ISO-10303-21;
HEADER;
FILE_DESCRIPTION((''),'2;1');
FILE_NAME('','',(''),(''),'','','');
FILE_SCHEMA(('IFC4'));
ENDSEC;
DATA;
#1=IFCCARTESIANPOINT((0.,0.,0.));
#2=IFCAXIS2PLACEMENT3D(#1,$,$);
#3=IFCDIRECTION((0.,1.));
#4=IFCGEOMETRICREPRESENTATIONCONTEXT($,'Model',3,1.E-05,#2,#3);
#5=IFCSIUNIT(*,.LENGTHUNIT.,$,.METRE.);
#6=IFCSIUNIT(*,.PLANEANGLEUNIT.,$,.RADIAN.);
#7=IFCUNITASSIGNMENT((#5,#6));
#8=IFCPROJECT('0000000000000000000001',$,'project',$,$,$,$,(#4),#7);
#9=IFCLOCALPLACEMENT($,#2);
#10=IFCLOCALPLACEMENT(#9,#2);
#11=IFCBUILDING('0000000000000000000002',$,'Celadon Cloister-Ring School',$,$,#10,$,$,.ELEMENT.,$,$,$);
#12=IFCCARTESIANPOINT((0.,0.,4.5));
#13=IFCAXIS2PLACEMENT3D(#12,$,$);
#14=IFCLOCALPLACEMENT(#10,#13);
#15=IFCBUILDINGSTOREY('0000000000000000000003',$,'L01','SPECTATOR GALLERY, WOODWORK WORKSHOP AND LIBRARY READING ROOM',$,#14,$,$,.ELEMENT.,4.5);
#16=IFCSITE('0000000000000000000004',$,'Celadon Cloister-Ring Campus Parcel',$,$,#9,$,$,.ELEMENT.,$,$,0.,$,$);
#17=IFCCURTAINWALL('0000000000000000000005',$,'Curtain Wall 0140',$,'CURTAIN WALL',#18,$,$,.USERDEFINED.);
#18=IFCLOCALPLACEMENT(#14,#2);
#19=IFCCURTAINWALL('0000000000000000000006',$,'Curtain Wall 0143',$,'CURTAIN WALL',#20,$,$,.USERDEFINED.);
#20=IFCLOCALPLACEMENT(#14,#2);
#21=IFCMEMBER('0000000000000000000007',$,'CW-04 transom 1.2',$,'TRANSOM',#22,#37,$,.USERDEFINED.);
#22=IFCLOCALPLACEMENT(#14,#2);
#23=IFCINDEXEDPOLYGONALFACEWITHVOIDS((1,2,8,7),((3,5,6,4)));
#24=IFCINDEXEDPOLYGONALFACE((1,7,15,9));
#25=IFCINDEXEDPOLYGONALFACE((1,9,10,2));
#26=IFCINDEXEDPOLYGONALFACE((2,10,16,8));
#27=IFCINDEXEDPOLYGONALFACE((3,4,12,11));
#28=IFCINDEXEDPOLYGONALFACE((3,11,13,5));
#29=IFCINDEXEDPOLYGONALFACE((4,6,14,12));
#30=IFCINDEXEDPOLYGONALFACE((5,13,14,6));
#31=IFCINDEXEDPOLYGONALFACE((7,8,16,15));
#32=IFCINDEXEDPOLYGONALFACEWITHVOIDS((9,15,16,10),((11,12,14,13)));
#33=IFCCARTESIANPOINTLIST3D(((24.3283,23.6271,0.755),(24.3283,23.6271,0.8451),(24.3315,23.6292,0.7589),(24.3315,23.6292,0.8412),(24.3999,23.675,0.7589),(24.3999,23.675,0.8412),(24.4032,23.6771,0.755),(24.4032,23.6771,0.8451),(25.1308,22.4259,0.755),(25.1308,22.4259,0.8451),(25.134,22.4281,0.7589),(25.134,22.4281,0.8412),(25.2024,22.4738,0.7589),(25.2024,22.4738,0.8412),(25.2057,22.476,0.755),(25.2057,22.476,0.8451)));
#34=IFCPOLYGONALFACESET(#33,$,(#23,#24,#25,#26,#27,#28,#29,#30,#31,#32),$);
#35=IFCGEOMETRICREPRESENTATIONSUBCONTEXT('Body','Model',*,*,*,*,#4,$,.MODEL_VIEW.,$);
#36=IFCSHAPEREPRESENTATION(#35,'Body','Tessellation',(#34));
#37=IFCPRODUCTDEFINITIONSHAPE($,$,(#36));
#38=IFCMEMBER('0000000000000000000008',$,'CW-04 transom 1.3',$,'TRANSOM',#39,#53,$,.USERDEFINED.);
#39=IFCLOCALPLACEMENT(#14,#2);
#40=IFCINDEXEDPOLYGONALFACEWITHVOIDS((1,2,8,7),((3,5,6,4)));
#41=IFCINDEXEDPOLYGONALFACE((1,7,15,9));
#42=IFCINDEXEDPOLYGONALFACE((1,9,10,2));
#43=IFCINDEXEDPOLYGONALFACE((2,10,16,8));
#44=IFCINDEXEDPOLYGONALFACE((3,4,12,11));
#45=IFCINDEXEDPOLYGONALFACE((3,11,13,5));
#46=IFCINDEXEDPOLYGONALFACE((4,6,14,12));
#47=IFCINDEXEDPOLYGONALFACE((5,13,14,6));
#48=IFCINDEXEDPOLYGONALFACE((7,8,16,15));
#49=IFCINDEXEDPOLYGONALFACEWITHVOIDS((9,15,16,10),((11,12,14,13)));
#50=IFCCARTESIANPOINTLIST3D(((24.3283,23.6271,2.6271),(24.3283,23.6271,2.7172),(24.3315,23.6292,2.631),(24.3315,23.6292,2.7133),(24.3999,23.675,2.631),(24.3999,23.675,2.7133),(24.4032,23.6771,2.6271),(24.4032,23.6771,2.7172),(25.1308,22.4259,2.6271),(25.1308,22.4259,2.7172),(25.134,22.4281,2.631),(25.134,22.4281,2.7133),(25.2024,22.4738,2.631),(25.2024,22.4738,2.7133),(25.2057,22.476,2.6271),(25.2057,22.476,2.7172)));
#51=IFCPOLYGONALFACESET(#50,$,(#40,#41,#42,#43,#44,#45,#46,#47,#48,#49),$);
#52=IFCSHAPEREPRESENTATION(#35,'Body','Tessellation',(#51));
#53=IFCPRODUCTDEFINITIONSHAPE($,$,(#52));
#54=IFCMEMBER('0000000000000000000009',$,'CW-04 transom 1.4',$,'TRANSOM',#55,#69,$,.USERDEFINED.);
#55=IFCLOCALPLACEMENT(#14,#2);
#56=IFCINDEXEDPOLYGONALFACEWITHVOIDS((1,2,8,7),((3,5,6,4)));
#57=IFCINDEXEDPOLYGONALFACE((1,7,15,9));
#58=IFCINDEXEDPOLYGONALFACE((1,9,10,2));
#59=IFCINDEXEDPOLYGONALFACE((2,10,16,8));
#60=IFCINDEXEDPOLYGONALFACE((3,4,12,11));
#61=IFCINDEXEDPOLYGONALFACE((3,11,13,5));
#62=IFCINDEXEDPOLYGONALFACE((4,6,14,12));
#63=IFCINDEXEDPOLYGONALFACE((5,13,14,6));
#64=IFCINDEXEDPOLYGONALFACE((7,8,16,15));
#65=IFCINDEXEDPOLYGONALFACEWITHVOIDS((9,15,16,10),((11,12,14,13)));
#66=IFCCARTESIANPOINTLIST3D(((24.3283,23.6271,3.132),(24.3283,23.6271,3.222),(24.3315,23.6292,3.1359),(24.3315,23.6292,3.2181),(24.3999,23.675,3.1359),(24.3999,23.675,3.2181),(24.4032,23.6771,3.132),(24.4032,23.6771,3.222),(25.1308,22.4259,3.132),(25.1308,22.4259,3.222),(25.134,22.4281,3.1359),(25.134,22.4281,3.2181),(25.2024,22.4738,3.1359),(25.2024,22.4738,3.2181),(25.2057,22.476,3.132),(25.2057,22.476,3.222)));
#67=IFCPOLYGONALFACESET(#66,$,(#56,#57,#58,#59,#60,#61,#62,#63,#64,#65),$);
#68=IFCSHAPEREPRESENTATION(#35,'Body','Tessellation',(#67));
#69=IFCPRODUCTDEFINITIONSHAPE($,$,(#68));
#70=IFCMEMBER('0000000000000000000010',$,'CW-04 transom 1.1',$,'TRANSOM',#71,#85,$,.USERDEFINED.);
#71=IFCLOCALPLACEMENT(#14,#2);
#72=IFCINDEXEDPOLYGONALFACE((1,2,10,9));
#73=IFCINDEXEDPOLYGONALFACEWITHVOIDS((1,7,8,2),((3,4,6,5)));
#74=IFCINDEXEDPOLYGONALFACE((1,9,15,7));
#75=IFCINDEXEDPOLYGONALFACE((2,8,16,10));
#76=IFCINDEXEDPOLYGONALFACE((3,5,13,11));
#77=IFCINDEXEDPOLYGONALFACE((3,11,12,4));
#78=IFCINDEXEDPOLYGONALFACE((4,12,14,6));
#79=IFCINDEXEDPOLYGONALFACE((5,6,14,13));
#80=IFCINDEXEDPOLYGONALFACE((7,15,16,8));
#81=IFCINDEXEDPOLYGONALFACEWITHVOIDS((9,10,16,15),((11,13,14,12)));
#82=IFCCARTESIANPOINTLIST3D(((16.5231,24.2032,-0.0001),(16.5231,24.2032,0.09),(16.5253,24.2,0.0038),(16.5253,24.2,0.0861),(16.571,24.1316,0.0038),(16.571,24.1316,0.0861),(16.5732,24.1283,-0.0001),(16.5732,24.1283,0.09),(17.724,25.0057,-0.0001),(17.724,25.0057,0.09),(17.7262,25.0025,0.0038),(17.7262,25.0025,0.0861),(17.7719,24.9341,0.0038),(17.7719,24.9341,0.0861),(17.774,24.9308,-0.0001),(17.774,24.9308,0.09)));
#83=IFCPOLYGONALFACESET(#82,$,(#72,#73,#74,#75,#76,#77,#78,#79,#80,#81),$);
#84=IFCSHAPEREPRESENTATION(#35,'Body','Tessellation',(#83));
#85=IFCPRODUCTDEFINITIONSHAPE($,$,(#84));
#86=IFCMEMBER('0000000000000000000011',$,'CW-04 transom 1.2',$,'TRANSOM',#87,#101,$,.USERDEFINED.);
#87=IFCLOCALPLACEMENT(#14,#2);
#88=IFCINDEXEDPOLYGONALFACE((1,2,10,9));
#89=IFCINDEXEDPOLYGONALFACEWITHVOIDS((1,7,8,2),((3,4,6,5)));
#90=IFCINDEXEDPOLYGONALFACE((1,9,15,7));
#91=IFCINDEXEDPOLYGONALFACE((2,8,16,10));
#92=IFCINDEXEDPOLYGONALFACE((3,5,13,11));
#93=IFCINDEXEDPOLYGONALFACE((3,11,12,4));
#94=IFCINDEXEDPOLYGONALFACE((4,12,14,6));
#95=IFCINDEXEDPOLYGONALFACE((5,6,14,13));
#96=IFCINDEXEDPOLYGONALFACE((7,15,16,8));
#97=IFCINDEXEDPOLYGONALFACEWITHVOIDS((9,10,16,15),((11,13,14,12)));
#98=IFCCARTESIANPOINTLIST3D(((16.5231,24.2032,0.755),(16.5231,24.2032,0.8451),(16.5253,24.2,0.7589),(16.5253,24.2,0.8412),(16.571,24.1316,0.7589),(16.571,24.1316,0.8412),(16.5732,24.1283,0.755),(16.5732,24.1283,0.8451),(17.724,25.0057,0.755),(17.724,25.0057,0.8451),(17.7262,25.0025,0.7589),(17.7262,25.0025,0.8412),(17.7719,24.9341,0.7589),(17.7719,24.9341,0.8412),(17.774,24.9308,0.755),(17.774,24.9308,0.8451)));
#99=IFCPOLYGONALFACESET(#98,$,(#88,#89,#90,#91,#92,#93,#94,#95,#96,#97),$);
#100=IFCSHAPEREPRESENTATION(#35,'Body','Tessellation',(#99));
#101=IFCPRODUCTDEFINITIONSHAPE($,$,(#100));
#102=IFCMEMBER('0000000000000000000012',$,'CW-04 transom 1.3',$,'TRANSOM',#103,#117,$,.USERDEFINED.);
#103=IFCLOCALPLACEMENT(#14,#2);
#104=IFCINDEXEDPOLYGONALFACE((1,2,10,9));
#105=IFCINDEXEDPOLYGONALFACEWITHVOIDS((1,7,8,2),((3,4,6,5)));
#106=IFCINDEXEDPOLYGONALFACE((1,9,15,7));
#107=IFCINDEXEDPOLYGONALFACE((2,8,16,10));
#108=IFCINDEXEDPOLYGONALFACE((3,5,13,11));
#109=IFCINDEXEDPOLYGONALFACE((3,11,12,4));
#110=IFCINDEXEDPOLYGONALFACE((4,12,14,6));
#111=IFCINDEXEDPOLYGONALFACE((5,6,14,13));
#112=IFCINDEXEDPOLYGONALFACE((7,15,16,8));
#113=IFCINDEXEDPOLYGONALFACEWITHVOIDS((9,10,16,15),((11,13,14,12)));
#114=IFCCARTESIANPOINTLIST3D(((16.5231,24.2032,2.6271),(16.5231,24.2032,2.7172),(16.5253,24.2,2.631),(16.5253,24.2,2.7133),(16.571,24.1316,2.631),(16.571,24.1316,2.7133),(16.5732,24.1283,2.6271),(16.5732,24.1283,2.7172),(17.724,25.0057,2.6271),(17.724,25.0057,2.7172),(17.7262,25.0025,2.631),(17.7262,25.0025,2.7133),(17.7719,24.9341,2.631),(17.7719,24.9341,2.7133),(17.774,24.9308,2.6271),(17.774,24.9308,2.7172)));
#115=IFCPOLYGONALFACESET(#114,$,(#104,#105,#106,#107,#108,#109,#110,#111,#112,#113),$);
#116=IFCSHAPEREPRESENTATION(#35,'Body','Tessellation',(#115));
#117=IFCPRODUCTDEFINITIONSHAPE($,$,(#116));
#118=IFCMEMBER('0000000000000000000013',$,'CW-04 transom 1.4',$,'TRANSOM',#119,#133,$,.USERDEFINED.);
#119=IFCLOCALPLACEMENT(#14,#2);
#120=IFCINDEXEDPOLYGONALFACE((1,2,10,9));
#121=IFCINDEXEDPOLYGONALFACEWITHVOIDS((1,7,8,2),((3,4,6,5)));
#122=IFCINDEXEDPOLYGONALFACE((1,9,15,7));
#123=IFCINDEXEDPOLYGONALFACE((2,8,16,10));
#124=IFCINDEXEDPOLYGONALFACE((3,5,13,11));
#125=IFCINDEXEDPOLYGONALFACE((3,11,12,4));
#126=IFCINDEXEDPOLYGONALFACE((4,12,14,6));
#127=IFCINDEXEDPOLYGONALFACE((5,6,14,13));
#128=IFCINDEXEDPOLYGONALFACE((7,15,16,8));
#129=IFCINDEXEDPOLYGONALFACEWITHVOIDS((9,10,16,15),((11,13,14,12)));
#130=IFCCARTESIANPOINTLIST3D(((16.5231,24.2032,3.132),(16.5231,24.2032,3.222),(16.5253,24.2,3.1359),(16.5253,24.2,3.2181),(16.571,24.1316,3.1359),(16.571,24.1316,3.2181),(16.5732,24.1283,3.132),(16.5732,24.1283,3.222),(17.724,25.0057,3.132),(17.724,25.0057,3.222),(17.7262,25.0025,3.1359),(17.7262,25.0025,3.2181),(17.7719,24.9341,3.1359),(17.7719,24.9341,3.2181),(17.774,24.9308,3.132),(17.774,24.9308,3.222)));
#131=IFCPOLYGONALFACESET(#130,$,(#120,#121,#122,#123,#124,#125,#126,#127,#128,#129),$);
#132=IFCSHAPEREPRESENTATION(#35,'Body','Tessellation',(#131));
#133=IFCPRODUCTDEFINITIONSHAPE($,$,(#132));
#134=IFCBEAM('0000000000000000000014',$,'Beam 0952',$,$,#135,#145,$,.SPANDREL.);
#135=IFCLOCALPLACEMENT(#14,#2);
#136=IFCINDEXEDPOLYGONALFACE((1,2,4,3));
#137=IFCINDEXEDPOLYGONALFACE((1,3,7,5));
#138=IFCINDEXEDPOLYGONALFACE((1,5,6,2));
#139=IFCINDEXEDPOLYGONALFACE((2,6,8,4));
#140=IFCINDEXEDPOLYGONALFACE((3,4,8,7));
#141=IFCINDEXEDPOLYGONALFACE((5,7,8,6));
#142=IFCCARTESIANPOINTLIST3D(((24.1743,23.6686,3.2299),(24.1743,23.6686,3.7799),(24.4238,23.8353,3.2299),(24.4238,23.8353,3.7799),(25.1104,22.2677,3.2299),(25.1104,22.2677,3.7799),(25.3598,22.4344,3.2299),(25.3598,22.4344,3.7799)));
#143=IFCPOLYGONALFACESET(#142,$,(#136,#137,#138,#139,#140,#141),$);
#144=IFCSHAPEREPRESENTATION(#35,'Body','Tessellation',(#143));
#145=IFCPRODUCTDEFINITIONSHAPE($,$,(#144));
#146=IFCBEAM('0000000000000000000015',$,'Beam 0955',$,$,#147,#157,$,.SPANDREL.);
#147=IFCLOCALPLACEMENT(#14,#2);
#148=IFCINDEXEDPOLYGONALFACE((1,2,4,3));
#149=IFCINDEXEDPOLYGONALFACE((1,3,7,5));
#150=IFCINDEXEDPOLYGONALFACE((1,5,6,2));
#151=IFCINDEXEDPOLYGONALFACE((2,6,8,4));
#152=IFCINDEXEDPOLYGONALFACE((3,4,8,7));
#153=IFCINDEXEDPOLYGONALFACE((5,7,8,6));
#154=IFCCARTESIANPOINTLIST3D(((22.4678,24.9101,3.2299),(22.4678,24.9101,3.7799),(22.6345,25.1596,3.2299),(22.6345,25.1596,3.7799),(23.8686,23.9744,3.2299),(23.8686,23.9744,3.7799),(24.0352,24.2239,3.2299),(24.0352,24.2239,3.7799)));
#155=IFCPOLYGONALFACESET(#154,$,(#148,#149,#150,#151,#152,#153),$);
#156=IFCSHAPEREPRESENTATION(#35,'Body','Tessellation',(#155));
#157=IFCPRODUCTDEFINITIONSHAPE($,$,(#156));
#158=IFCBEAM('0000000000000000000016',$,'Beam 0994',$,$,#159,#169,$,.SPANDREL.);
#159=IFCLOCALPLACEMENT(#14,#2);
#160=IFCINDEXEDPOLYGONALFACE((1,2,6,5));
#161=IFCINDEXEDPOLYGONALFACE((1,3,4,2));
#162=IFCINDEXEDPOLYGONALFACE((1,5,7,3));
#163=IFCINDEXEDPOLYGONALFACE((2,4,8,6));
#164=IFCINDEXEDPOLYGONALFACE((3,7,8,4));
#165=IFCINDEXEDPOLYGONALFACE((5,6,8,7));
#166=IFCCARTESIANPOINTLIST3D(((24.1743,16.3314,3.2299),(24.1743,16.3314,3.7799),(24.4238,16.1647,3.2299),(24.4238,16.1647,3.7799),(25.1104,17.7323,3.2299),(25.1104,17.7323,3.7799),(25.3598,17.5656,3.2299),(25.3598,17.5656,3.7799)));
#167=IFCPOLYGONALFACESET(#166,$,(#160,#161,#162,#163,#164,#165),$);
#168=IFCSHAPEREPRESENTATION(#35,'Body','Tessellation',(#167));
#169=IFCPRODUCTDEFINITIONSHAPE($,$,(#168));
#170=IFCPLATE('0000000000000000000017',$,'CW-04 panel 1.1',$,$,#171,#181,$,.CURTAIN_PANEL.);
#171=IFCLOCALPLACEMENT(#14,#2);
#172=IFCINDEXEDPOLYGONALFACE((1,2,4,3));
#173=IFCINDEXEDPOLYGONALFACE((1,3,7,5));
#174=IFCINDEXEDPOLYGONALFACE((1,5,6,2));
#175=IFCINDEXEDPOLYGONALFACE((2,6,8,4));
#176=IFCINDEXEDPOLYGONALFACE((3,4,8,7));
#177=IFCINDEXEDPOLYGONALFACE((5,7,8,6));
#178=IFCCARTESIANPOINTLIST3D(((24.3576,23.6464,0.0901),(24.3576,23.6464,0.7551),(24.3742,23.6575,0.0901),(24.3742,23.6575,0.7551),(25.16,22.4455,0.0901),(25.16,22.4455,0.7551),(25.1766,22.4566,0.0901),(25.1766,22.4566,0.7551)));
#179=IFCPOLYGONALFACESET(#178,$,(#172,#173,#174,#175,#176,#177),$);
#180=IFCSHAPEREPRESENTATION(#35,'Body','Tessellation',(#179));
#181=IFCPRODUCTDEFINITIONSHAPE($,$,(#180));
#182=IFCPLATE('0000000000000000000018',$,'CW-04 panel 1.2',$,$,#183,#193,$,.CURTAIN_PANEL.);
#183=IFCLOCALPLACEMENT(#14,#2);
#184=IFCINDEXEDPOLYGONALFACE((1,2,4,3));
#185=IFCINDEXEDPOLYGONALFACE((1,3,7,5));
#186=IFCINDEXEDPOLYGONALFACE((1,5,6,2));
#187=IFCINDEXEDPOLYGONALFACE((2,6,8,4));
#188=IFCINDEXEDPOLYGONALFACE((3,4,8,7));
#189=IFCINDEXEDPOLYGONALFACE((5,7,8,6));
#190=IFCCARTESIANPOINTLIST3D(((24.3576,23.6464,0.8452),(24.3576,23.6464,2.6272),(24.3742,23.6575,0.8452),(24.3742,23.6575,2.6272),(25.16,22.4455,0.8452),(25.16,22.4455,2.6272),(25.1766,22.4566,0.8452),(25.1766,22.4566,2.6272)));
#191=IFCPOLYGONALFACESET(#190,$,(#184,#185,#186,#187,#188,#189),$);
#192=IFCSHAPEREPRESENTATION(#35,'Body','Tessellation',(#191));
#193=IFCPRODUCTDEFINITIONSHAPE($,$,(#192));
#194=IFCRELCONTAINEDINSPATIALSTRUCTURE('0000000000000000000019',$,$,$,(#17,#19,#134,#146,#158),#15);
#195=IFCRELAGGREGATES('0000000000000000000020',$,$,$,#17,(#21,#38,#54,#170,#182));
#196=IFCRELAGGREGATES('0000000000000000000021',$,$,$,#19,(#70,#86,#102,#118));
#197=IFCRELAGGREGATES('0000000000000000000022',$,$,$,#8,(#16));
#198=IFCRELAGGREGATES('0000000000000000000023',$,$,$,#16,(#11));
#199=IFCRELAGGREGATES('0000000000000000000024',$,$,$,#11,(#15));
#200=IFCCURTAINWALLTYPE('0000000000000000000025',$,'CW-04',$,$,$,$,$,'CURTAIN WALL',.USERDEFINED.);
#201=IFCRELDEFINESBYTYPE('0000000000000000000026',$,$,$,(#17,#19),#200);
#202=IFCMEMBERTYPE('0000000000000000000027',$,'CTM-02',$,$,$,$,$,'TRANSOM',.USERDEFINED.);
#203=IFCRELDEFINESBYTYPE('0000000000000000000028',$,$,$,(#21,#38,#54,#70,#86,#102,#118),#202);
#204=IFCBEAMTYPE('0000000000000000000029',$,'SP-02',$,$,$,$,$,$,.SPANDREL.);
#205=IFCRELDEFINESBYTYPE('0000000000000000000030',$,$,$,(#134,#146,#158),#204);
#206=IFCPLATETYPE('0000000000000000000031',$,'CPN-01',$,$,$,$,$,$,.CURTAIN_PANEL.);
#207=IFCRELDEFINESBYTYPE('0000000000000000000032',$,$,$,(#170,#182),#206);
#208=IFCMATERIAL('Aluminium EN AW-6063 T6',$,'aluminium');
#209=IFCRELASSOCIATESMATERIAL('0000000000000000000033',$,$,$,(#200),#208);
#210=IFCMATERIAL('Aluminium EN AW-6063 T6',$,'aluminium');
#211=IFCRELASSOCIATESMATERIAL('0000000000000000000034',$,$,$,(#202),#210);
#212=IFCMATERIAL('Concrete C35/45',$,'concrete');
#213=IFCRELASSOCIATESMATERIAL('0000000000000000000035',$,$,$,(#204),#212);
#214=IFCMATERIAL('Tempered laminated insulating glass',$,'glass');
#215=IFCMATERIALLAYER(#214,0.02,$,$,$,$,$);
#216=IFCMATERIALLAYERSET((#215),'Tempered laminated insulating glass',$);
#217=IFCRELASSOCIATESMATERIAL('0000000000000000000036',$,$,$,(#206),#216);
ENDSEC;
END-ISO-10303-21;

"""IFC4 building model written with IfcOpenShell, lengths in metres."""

from ifc_helpers import new_model, si_unit, direction, frame, origin, origin_2d, place, context, subcontext, project, spatial, rectangle, hollow_rectangle, extrude, material, layer, layer_set, material_profile, profile_set, type_object, element, aggregate, save


model = new_model("IFC4")

# Units and contexts
model_context = context("Model", 3, precision=1e-05, world=origin(), true_north=direction((0.0, 1.0)))
body_context = subcontext(model_context, "Body", "Model", "MODEL_VIEW")
ifc_project = project(units=[si_unit("LENGTHUNIT", "METRE"), si_unit("PLANEANGLEUNIT", "RADIAN")], contexts=[model_context])

# Site, building, storey
site_placement = place(None, origin())
site = spatial("IfcSite", under=ifc_project, at=site_placement, Name="Celadon Cloister-Ring Campus Parcel", CompositionType="ELEMENT", RefElevation=0.0)
building_placement = place(site_placement, origin())
building = spatial("IfcBuilding", under=site, at=building_placement, Name="Celadon Cloister-Ring School", CompositionType="ELEMENT")
storey_placement = place(building_placement, frame((0.0, 0.0, 4.5)))
storey = spatial("IfcBuildingStorey", under=building, at=storey_placement, Name="L01", Description="SPECTATOR GALLERY, WOODWORK WORKSHOP AND LIBRARY READING ROOM", CompositionType="ELEMENT", Elevation=4.5)

# Curtain wall
ifc_material_1 = material(Name="Aluminium EN AW-6063 T6", Category="aluminium")
curtain_wall_type = type_object("IfcCurtainWallType", Name="CW-04", ElementType="CURTAIN WALL", PredefinedType="USERDEFINED", material=ifc_material_1)
curtain_wall_1_placement = place(storey_placement, origin())
curtain_wall_1 = element("IfcCurtainWall", 1, at=curtain_wall_1_placement, inside=storey, type_object=curtain_wall_type, Name="Curtain Wall 0140", ObjectType="CURTAIN WALL", PredefinedType="USERDEFINED")

# Curtain wall
curtain_wall_2_placement = place(storey_placement, origin())
curtain_wall_2 = element("IfcCurtainWall", 2, at=curtain_wall_2_placement, inside=storey, type_object=curtain_wall_type, Name="Curtain Wall 0143", ObjectType="CURTAIN WALL", PredefinedType="USERDEFINED")

# Members
ifc_material_2 = material(Name="Aluminium EN AW-6063 T6", Category="aluminium")
ifc_material_profile_1 = material_profile(ifc_material_2, hollow_rectangle(XDim=0.0901, YDim=0.0901, WallThickness=0.0039, at=origin_2d()), Name="RHS90X90X4")
ifc_profile_set_1 = profile_set([ifc_material_profile_1], Name="Aluminium EN AW-6063 T6")
member_type_1 = type_object("IfcMemberType", Name="CTM-02", ElementType="TRANSOM", PredefinedType="USERDEFINED", material=ifc_profile_set_1)
member_1_placement = place(storey_placement, frame((25.1682, 22.4509, 0.8), z_axis=(-0.555519, 0.831504, 0.0), x_axis=(-0.831504, -0.555519, 0.0)))
member_1 = element("IfcMember", 3, at=member_1_placement, type_object=member_type_1, Name="CW-04 transom 1.2", ObjectType="TRANSOM", PredefinedType="USERDEFINED", context=body_context, shape_type="SweptSolid", body=[
    extrude(hollow_rectangle(XDim=0.0901, YDim=0.0901, WallThickness=0.0039, at=origin_2d()), origin(), (0.0, 0.0, 1.0), 1.4446),
])
member_2_placement = place(storey_placement, frame((25.1682, 22.4509, 2.6721), z_axis=(-0.555519, 0.831504, 0.0), x_axis=(-0.831504, -0.555519, 0.0)))
member_2 = element("IfcMember", 4, at=member_2_placement, type_object=member_type_1, Name="CW-04 transom 1.3", ObjectType="TRANSOM", PredefinedType="USERDEFINED", context=body_context, shape_type="SweptSolid", body=[
    extrude(hollow_rectangle(XDim=0.0901, YDim=0.0901, WallThickness=0.0039, at=origin_2d()), origin(), (0.0, 0.0, 1.0), 1.4446),
])
member_3_placement = place(storey_placement, frame((25.1682, 22.4509, 3.177), z_axis=(-0.555519, 0.831504, 0.0), x_axis=(-0.831504, -0.555519, 0.0)))
member_3 = element("IfcMember", 5, at=member_3_placement, type_object=member_type_1, Name="CW-04 transom 1.4", ObjectType="TRANSOM", PredefinedType="USERDEFINED", context=body_context, shape_type="SweptSolid", body=[
    extrude(hollow_rectangle(XDim=0.0901, YDim=0.0901, WallThickness=0.0039, at=origin_2d()), origin(), (0.0, 0.0, 1.0), 1.4446),
])
member_4_placement = place(storey_placement, frame((17.749, 24.9683, 0.0449), z_axis=(-0.831452, -0.555597, 0.0), x_axis=(0.555597, -0.831452, 0.0)))
member_4 = element("IfcMember", 6, at=member_4_placement, type_object=member_type_1, Name="CW-04 transom 1.1", ObjectType="TRANSOM", PredefinedType="USERDEFINED", context=body_context, shape_type="SweptSolid", body=[
    extrude(hollow_rectangle(XDim=0.0901, YDim=0.0901, WallThickness=0.0039, at=origin_2d()), origin(), (0.0, 0.0, 1.0), 1.4443),
])
member_5_placement = place(storey_placement, frame((17.749, 24.9683, 0.8), z_axis=(-0.831452, -0.555597, 0.0), x_axis=(0.555597, -0.831452, 0.0)))
member_5 = element("IfcMember", 7, at=member_5_placement, type_object=member_type_1, Name="CW-04 transom 1.2", ObjectType="TRANSOM", PredefinedType="USERDEFINED", context=body_context, shape_type="SweptSolid", body=[
    extrude(hollow_rectangle(XDim=0.0901, YDim=0.0901, WallThickness=0.0039, at=origin_2d()), origin(), (0.0, 0.0, 1.0), 1.4443),
])
member_6_placement = place(storey_placement, frame((17.749, 24.9683, 2.6721), z_axis=(-0.831452, -0.555597, 0.0), x_axis=(0.555597, -0.831452, 0.0)))
member_6 = element("IfcMember", 8, at=member_6_placement, type_object=member_type_1, Name="CW-04 transom 1.3", ObjectType="TRANSOM", PredefinedType="USERDEFINED", context=body_context, shape_type="SweptSolid", body=[
    extrude(hollow_rectangle(XDim=0.0901, YDim=0.0901, WallThickness=0.0039, at=origin_2d()), origin(), (0.0, 0.0, 1.0), 1.4443),
])
member_7_placement = place(storey_placement, frame((17.749, 24.9683, 3.177), z_axis=(-0.831452, -0.555597, 0.0), x_axis=(0.555597, -0.831452, 0.0)))
member_7 = element("IfcMember", 9, at=member_7_placement, type_object=member_type_1, Name="CW-04 transom 1.4", ObjectType="TRANSOM", PredefinedType="USERDEFINED", context=body_context, shape_type="SweptSolid", body=[
    extrude(hollow_rectangle(XDim=0.0901, YDim=0.0901, WallThickness=0.0039, at=origin_2d()), origin(), (0.0, 0.0, 1.0), 1.4443),
])

# Beams
ifc_material_3 = material(Name="Concrete C35/45", Category="concrete")
ifc_material_profile_2 = material_profile(ifc_material_3, rectangle(XDim=0.3, YDim=0.55, at=origin_2d()), Name="RC300X550")
ifc_profile_set_2 = profile_set([ifc_material_profile_2], Name="Concrete C35/45")
beam_type = type_object("IfcBeamType", Name="SP-02", PredefinedType="SPANDREL", material=ifc_profile_set_2)
beam_1_placement = place(storey_placement, frame((25.2351, 22.3511, 3.5049), z_axis=(-0.555569, 0.83147, 0.0), x_axis=(-0.83147, -0.555569, 0.0)))
element("IfcBeam", 10, at=beam_1_placement, inside=storey, type_object=beam_type, Name="Beam 0952", PredefinedType="SPANDREL", context=body_context, shape_type="SweptSolid", body=[
    extrude(rectangle(XDim=0.3, YDim=0.55, at=origin_2d()), origin(), (0.0, 0.0, 1.0), 1.6848),
])
beam_2_placement = place(storey_placement, frame((23.9519, 24.0991, 3.5049), z_axis=(-0.831537, 0.555469, 0.0), x_axis=(-0.555469, -0.831537, 0.0)))
element("IfcBeam", 11, at=beam_2_placement, inside=storey, type_object=beam_type, Name="Beam 0955", PredefinedType="SPANDREL", context=body_context, shape_type="SweptSolid", body=[
    extrude(rectangle(XDim=0.3, YDim=0.55, at=origin_2d()), origin(), (0.0, 0.0, 1.0), 1.6846),
])
beam_3_placement = place(storey_placement, frame((24.2991, 16.248, 3.5049), z_axis=(0.555569, 0.83147, 0.0), x_axis=(-0.83147, 0.555569, 0.0)))
element("IfcBeam", 12, at=beam_3_placement, inside=storey, type_object=beam_type, Name="Beam 0994", PredefinedType="SPANDREL", context=body_context, shape_type="SweptSolid", body=[
    extrude(rectangle(XDim=0.3, YDim=0.55, at=origin_2d()), origin(), (0.0, 0.0, 1.0), 1.6848),
])

# Plates
ifc_material_4 = material(Name="Tempered laminated insulating glass", Category="glass")
ifc_layer_1 = layer(ifc_material_4, 0.02)
ifc_layer_set_1 = layer_set([ifc_layer_1], Name="Tempered laminated insulating glass")
plate_type = type_object("IfcPlateType", Name="CPN-01", PredefinedType="CURTAIN_PANEL", material=ifc_layer_set_1)
plate_1_placement = place(storey_placement, frame((24.7671, 23.0515, 0.0901), z_axis=(0.0, 0.0, 1.0), x_axis=(-0.555547, 0.831485, 0.0)))
plate_1 = element("IfcPlate", 13, at=plate_1_placement, type_object=plate_type, Name="CW-04 panel 1.1", PredefinedType="CURTAIN_PANEL", context=body_context, shape_type="SweptSolid", body=[
    extrude(rectangle(XDim=1.4443, YDim=0.02, at=origin_2d()), origin(), (0.0, 0.0, 1.0), 0.665),
])
plate_2_placement = place(storey_placement, frame((24.7671, 23.0515, 0.8452), z_axis=(0.0, 0.0, 1.0), x_axis=(-0.555547, 0.831485, 0.0)))
plate_2 = element("IfcPlate", 14, at=plate_2_placement, type_object=plate_type, Name="CW-04 panel 1.2", PredefinedType="CURTAIN_PANEL", context=body_context, shape_type="SweptSolid", body=[
    extrude(rectangle(XDim=1.4443, YDim=0.02, at=origin_2d()), origin(), (0.0, 0.0, 1.0), 1.782),
])
aggregate(curtain_wall_1, [member_1, member_2, member_3, plate_1, plate_2])
aggregate(curtain_wall_2, [member_4, member_5, member_6, member_7])

save(model, "model.ifc")
